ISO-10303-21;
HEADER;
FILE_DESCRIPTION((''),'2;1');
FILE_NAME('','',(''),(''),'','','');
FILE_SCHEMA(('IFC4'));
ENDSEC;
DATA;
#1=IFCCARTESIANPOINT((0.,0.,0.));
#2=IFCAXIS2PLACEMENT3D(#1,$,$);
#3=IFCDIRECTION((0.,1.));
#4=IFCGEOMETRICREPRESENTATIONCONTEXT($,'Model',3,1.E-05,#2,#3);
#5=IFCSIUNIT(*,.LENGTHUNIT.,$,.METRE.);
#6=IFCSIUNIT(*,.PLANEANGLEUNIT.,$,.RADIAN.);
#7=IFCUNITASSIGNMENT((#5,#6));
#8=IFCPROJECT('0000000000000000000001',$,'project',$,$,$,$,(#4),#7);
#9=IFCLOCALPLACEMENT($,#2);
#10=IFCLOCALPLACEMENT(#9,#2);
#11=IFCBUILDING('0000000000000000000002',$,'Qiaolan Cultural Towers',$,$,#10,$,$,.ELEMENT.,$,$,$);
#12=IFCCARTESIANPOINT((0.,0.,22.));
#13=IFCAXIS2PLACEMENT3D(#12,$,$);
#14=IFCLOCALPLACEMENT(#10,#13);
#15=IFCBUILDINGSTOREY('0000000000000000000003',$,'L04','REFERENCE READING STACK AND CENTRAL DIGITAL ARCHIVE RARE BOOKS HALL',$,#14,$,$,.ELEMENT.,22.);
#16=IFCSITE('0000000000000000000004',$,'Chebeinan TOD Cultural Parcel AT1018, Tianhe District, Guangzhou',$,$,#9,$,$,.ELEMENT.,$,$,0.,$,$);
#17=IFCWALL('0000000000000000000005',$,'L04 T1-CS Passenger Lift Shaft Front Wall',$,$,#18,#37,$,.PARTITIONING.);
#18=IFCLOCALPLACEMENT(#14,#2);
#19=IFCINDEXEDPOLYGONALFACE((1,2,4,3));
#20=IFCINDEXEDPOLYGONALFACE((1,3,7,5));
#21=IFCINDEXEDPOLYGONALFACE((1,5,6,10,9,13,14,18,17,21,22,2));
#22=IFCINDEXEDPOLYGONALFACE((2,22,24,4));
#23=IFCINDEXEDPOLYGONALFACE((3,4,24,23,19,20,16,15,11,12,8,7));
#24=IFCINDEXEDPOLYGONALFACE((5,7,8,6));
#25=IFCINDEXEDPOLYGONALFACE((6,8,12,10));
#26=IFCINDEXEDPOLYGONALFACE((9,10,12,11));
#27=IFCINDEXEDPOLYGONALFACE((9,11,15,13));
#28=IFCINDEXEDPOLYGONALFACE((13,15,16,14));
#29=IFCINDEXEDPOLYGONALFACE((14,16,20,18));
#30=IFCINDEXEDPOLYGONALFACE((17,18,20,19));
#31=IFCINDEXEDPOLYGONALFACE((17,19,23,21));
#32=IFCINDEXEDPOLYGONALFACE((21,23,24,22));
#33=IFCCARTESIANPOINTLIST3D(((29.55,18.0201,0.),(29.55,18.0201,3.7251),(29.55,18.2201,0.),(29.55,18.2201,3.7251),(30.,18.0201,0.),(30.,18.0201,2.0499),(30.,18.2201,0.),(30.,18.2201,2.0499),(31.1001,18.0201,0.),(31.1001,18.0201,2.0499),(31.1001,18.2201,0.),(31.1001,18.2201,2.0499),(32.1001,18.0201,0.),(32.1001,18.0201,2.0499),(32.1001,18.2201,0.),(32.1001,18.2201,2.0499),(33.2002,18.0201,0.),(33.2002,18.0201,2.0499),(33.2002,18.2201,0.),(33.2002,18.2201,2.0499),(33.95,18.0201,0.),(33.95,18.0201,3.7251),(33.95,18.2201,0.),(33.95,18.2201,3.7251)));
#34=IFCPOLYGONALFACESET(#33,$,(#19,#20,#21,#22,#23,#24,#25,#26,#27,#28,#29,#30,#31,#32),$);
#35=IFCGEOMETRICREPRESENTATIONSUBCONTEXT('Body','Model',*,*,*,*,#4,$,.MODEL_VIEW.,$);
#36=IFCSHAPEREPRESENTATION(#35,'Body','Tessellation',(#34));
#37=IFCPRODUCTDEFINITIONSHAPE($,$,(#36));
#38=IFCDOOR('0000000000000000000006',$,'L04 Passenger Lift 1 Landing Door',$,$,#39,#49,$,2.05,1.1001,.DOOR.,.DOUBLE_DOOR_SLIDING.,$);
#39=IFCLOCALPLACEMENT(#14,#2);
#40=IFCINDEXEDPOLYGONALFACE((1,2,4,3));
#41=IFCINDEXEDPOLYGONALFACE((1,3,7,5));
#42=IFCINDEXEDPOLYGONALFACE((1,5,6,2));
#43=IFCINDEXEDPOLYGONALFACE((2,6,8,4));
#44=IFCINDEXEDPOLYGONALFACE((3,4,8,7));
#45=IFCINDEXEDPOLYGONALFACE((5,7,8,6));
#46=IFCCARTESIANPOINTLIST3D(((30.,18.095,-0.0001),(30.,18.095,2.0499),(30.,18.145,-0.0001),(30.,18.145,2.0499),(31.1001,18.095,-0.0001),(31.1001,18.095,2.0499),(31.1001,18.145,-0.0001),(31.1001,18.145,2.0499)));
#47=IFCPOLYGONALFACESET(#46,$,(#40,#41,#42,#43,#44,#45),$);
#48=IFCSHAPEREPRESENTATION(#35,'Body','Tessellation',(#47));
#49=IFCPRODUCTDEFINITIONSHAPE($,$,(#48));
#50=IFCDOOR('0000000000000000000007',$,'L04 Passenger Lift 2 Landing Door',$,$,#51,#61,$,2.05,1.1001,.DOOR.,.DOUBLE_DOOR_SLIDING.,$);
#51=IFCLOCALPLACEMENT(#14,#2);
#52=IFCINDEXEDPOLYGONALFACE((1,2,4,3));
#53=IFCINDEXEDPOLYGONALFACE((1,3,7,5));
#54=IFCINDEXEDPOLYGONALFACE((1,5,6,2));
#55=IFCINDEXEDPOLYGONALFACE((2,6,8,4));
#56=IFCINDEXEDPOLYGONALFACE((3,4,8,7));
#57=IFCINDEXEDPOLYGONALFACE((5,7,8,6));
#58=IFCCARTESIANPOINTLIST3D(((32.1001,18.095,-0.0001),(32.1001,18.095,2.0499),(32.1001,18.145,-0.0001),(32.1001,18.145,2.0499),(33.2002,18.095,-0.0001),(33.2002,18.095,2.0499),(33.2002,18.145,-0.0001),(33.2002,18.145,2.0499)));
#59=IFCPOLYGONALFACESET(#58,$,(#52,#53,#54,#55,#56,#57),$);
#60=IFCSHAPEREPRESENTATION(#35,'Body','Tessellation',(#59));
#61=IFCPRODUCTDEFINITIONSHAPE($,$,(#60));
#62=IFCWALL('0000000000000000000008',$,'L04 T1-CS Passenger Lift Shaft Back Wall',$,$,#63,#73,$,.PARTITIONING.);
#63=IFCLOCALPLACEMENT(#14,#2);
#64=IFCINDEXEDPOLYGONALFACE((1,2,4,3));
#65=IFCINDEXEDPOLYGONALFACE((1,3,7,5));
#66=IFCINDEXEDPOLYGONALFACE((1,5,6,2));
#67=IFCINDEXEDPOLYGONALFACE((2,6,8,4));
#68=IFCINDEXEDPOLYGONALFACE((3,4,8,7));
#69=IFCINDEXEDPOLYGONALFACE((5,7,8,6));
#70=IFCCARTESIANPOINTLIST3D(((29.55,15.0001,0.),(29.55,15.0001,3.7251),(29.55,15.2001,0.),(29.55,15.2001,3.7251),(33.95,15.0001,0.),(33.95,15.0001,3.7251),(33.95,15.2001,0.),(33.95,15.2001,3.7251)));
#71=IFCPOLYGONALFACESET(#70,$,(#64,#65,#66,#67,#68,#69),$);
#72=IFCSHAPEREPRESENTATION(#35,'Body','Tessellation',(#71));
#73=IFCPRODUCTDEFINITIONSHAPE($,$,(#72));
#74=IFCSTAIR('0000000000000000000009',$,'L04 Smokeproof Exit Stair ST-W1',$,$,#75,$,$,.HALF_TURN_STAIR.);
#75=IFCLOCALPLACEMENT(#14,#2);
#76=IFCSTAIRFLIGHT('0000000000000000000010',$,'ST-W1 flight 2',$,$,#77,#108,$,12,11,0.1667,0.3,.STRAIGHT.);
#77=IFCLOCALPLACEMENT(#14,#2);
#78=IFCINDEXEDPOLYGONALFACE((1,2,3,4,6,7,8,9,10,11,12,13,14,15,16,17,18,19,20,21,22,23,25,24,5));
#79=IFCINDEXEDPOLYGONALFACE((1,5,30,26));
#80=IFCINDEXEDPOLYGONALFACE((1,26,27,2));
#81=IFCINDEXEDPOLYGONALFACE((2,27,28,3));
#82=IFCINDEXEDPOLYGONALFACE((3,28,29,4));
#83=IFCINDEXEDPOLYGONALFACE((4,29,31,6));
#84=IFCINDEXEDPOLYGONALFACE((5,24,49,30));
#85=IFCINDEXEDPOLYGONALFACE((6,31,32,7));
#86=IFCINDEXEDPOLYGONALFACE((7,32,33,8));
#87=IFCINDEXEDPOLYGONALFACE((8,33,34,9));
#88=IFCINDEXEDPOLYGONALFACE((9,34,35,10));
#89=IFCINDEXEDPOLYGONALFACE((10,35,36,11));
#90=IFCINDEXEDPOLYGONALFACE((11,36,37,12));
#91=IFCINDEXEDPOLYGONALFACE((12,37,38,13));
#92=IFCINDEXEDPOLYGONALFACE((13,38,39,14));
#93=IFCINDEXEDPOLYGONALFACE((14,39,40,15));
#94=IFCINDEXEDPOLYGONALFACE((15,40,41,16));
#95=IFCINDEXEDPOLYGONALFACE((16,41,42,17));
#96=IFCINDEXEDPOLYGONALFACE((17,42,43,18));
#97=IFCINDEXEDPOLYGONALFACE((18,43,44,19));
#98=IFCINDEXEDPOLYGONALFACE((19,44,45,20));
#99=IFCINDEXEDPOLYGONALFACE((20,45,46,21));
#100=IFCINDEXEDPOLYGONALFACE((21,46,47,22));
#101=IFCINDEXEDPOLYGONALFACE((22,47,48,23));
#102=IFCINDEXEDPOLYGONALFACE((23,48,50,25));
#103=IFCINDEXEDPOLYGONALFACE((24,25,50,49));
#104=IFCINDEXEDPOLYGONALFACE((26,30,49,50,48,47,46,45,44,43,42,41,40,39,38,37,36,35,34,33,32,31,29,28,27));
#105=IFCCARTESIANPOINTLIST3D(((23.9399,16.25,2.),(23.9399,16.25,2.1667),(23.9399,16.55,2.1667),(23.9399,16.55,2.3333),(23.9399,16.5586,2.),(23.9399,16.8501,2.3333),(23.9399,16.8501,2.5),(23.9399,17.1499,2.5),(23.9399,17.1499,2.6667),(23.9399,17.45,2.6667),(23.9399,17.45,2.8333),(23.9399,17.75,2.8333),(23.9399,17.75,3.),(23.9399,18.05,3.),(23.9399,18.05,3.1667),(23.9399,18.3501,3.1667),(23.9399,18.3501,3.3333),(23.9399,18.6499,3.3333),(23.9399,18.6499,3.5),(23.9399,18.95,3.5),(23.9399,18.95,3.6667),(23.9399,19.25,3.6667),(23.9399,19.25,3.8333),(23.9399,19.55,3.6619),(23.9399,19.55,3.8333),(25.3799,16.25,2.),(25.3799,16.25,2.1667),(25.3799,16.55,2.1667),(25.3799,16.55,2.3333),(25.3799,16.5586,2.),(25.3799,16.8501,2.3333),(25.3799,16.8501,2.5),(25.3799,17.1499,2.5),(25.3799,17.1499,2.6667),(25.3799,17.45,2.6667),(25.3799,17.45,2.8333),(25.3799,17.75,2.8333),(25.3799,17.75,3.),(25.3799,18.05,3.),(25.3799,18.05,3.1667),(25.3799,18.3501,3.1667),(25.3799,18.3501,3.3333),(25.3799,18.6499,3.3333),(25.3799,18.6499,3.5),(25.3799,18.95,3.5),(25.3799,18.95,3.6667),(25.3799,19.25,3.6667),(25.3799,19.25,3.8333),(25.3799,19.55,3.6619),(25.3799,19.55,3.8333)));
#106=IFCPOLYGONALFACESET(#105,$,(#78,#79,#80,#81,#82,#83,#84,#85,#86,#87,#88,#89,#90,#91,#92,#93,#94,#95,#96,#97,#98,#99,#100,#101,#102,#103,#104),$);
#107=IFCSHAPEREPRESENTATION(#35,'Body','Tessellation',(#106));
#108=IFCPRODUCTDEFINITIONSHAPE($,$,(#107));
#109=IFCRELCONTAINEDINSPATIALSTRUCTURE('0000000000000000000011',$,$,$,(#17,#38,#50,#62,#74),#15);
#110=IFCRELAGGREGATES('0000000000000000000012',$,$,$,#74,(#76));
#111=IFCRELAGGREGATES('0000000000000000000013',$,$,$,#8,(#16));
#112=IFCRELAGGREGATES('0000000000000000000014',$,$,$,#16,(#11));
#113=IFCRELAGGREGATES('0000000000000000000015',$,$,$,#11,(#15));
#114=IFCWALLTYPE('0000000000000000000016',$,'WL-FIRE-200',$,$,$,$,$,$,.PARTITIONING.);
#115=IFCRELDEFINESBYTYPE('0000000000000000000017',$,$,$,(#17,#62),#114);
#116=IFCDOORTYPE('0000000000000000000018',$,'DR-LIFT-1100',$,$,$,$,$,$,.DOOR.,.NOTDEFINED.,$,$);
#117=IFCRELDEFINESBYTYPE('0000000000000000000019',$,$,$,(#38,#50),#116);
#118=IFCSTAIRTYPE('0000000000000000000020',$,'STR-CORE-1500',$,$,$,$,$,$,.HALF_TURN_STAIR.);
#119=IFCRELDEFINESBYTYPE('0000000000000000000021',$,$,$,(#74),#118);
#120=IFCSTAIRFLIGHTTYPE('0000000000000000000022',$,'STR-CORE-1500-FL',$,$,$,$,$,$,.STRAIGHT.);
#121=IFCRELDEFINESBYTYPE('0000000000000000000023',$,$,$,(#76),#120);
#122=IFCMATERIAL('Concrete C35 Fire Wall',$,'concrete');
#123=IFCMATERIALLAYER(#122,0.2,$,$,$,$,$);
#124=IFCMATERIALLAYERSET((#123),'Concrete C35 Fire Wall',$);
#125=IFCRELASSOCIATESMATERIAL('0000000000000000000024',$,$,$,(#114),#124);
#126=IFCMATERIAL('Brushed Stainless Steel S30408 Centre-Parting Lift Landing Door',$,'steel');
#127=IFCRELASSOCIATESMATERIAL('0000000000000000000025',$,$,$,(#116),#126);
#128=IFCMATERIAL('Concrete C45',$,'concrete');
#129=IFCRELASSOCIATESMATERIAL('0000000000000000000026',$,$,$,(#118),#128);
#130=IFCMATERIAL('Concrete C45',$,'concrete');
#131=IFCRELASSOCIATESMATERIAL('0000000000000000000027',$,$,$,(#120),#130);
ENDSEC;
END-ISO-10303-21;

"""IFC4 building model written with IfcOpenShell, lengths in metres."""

from ifc_helpers import new_model, si_unit, direction, frame, frame_2d, origin, place, context, subcontext, project, spatial, polyline, rectangle, outline, extrude, material, layer, layer_set, type_object, element, fill, aggregate, save


model = new_model("IFC4")

# Units and contexts
model_context = context("Model", 3, precision=1e-05, world=origin(), true_north=direction((0.0, 1.0)))
body_context = subcontext(model_context, "Body", "Model", "MODEL_VIEW")
ifc_project = project(units=[si_unit("LENGTHUNIT", "METRE"), si_unit("PLANEANGLEUNIT", "RADIAN")], contexts=[model_context])

# Site, building, storey
site_placement = place(None, origin())
site = spatial("IfcSite", under=ifc_project, at=site_placement, Name="Chebeinan TOD Cultural Parcel AT1018, Tianhe District, Guangzhou", CompositionType="ELEMENT", RefElevation=0.0)
building_placement = place(site_placement, origin())
building = spatial("IfcBuilding", under=site, at=building_placement, Name="Qiaolan Cultural Towers", CompositionType="ELEMENT")
storey_placement = place(building_placement, frame((0.0, 0.0, 22.0)))
storey = spatial("IfcBuildingStorey", under=building, at=storey_placement, Name="L04", Description="REFERENCE READING STACK AND CENTRAL DIGITAL ARCHIVE RARE BOOKS HALL", CompositionType="ELEMENT", Elevation=22.0)

# Shared definitions
ifc_material_1 = material(Name="Concrete C35 Fire Wall", Category="concrete")
ifc_layer = layer(ifc_material_1, 0.2)
ifc_layer_set = layer_set([ifc_layer], Name="Concrete C35 Fire Wall")
wall_type = type_object("IfcWallType", Name="WL-FIRE-200", PredefinedType="PARTITIONING", material=ifc_layer_set)
ifc_material_2 = material(Name="Brushed Stainless Steel S30408 Centre-Parting Lift Landing Door", Category="steel")
door_type = type_object("IfcDoorType", Name="DR-LIFT-1100", OperationType="NOTDEFINED", PredefinedType="DOOR", material=ifc_material_2)

# Wall, openings, doors
wall_1_placement = place(storey_placement, frame((29.55, 18.1201, 0.0), z_axis=(0.0, 0.0, 1.0), x_axis=(1.0, 0.0, 0.0)))
wall_1 = element("IfcWall", 1, at=wall_1_placement, inside=storey, type_object=wall_type, Name="L04 T1-CS Passenger Lift Shaft Front Wall", PredefinedType="PARTITIONING", context=body_context, shape_type="SweptSolid", body=[
    extrude(rectangle(XDim=4.3999, YDim=0.2, at=frame_2d((2.2, 0.0))), origin(), (0.0, 0.0, 1.0), 3.7251),
])
opening_1_placement = place(wall_1_placement, frame((0.45, 0.0, 0.0)))
opening_1 = element("IfcOpeningElement", 2, at=opening_1_placement, cuts=wall_1, PredefinedType="OPENING", context=body_context, shape_type="SweptSolid", body=[
    extrude(rectangle(XDim=1.1001, YDim=2.05, at=frame_2d((0.55, 1.0249))), frame((0.0, 0.1099, 0.0), z_axis=(0.0, -1.0, 0.0), x_axis=(1.0, 0.0, 0.0)), (0.0, 0.0, 1.0), 0.22),
])
opening_2_placement = place(wall_1_placement, frame((2.55, 0.0, 0.0)))
opening_2 = element("IfcOpeningElement", 3, at=opening_2_placement, cuts=wall_1, PredefinedType="OPENING", context=body_context, shape_type="SweptSolid", body=[
    extrude(rectangle(XDim=1.1001, YDim=2.05, at=frame_2d((0.55, 1.0249))), frame((0.0, 0.1099, 0.0), z_axis=(0.0, -1.0, 0.0), x_axis=(1.0, 0.0, 0.0)), (0.0, 0.0, 1.0), 0.22),
])
door_1_placement = place(opening_1_placement, origin())
door_1 = element("IfcDoor", 4, at=door_1_placement, inside=storey, type_object=door_type, Name="L04 Passenger Lift 1 Landing Door", OperationType="DOUBLE_DOOR_SLIDING", OverallHeight=2.05, OverallWidth=1.1001, PredefinedType="DOOR", context=body_context, shape_type="SweptSolid", body=[
    extrude(rectangle(XDim=1.1001, YDim=2.05, at=frame_2d((0.55, 1.0249))), frame((0.0, 0.0249, 0.0), z_axis=(0.0, -1.0, 0.0), x_axis=(1.0, 0.0, 0.0)), (0.0, 0.0, 1.0), 0.05),
])
fill(opening_1, door_1)
door_2_placement = place(opening_2_placement, origin())
door_2 = element("IfcDoor", 5, at=door_2_placement, inside=storey, type_object=door_type, Name="L04 Passenger Lift 2 Landing Door", OperationType="DOUBLE_DOOR_SLIDING", OverallHeight=2.05, OverallWidth=1.1001, PredefinedType="DOOR", context=body_context, shape_type="SweptSolid", body=[
    extrude(rectangle(XDim=1.1001, YDim=2.05, at=frame_2d((0.55, 1.0249))), frame((0.0, 0.0249, 0.0), z_axis=(0.0, -1.0, 0.0), x_axis=(1.0, 0.0, 0.0)), (0.0, 0.0, 1.0), 0.05),
])
fill(opening_2, door_2)

# Wall
wall_2_placement = place(storey_placement, frame((29.55, 15.1001, 0.0), z_axis=(0.0, 0.0, 1.0), x_axis=(1.0, 0.0, 0.0)))
element("IfcWall", 6, at=wall_2_placement, inside=storey, type_object=wall_type, Name="L04 T1-CS Passenger Lift Shaft Back Wall", PredefinedType="PARTITIONING", context=body_context, shape_type="SweptSolid", body=[
    extrude(rectangle(XDim=4.3999, YDim=0.2, at=frame_2d((2.2, 0.0))), origin(), (0.0, 0.0, 1.0), 3.7251),
])

# Stair, stair flight
ifc_material_3 = material(Name="Concrete C45", Category="concrete")
stair_type = type_object("IfcStairType", Name="STR-CORE-1500", PredefinedType="HALF_TURN_STAIR", material=ifc_material_3)
stair_placement = place(storey_placement, origin())
stair = element("IfcStair", 7, at=stair_placement, inside=storey, type_object=stair_type, Name="L04 Smokeproof Exit Stair ST-W1", PredefinedType="HALF_TURN_STAIR")
ifc_material_4 = material(Name="Concrete C45", Category="concrete")
stair_flight_type = type_object("IfcStairFlightType", Name="STR-CORE-1500-FL", PredefinedType="STRAIGHT", material=ifc_material_4)
stair_flight_placement = place(storey_placement, frame((24.6599, 16.25, 2.0), z_axis=(0.0, 0.0, 1.0), x_axis=(0.0, 1.0, 0.0)))
stair_flight = element("IfcStairFlight", 8, at=stair_flight_placement, type_object=stair_flight_type, Name="ST-W1 flight 2", NumberOfRisers=12, NumberOfTreads=11, PredefinedType="STRAIGHT", RiserHeight=0.1667, TreadLength=0.3, context=body_context, shape_type="SweptSolid", body=[
    extrude(outline(polyline([(0.0, 0.0), (0.0, 0.1667), (0.3, 0.1667), (0.3, 0.3333), (0.6001, 0.3333), (0.6001, 0.5), (0.8999, 0.5), (0.8999, 0.6667), (1.2, 0.6667), (1.2, 0.8333), (1.5, 0.8333), (1.5, 1.0), (1.8, 1.0), (1.8, 1.1667), (2.1001, 1.1667), (2.1001, 1.3333), (2.3999, 1.3333), (2.3999, 1.5), (2.7, 1.5), (2.7, 1.6667), (3.0, 1.6667), (3.0, 1.8333), (3.3, 1.8333), (3.3, 2.0), (3.3, 1.6619), (0.3086, 0.0), (0.0, 0.0)])), frame((0.0, 0.72, 0.0), z_axis=(0.0, -1.0, 0.0), x_axis=(1.0, 0.0, 0.0)), (0.0, 0.0, 1.0), 1.4399),
])
aggregate(stair, [stair_flight])

save(model, "model.ifc")
